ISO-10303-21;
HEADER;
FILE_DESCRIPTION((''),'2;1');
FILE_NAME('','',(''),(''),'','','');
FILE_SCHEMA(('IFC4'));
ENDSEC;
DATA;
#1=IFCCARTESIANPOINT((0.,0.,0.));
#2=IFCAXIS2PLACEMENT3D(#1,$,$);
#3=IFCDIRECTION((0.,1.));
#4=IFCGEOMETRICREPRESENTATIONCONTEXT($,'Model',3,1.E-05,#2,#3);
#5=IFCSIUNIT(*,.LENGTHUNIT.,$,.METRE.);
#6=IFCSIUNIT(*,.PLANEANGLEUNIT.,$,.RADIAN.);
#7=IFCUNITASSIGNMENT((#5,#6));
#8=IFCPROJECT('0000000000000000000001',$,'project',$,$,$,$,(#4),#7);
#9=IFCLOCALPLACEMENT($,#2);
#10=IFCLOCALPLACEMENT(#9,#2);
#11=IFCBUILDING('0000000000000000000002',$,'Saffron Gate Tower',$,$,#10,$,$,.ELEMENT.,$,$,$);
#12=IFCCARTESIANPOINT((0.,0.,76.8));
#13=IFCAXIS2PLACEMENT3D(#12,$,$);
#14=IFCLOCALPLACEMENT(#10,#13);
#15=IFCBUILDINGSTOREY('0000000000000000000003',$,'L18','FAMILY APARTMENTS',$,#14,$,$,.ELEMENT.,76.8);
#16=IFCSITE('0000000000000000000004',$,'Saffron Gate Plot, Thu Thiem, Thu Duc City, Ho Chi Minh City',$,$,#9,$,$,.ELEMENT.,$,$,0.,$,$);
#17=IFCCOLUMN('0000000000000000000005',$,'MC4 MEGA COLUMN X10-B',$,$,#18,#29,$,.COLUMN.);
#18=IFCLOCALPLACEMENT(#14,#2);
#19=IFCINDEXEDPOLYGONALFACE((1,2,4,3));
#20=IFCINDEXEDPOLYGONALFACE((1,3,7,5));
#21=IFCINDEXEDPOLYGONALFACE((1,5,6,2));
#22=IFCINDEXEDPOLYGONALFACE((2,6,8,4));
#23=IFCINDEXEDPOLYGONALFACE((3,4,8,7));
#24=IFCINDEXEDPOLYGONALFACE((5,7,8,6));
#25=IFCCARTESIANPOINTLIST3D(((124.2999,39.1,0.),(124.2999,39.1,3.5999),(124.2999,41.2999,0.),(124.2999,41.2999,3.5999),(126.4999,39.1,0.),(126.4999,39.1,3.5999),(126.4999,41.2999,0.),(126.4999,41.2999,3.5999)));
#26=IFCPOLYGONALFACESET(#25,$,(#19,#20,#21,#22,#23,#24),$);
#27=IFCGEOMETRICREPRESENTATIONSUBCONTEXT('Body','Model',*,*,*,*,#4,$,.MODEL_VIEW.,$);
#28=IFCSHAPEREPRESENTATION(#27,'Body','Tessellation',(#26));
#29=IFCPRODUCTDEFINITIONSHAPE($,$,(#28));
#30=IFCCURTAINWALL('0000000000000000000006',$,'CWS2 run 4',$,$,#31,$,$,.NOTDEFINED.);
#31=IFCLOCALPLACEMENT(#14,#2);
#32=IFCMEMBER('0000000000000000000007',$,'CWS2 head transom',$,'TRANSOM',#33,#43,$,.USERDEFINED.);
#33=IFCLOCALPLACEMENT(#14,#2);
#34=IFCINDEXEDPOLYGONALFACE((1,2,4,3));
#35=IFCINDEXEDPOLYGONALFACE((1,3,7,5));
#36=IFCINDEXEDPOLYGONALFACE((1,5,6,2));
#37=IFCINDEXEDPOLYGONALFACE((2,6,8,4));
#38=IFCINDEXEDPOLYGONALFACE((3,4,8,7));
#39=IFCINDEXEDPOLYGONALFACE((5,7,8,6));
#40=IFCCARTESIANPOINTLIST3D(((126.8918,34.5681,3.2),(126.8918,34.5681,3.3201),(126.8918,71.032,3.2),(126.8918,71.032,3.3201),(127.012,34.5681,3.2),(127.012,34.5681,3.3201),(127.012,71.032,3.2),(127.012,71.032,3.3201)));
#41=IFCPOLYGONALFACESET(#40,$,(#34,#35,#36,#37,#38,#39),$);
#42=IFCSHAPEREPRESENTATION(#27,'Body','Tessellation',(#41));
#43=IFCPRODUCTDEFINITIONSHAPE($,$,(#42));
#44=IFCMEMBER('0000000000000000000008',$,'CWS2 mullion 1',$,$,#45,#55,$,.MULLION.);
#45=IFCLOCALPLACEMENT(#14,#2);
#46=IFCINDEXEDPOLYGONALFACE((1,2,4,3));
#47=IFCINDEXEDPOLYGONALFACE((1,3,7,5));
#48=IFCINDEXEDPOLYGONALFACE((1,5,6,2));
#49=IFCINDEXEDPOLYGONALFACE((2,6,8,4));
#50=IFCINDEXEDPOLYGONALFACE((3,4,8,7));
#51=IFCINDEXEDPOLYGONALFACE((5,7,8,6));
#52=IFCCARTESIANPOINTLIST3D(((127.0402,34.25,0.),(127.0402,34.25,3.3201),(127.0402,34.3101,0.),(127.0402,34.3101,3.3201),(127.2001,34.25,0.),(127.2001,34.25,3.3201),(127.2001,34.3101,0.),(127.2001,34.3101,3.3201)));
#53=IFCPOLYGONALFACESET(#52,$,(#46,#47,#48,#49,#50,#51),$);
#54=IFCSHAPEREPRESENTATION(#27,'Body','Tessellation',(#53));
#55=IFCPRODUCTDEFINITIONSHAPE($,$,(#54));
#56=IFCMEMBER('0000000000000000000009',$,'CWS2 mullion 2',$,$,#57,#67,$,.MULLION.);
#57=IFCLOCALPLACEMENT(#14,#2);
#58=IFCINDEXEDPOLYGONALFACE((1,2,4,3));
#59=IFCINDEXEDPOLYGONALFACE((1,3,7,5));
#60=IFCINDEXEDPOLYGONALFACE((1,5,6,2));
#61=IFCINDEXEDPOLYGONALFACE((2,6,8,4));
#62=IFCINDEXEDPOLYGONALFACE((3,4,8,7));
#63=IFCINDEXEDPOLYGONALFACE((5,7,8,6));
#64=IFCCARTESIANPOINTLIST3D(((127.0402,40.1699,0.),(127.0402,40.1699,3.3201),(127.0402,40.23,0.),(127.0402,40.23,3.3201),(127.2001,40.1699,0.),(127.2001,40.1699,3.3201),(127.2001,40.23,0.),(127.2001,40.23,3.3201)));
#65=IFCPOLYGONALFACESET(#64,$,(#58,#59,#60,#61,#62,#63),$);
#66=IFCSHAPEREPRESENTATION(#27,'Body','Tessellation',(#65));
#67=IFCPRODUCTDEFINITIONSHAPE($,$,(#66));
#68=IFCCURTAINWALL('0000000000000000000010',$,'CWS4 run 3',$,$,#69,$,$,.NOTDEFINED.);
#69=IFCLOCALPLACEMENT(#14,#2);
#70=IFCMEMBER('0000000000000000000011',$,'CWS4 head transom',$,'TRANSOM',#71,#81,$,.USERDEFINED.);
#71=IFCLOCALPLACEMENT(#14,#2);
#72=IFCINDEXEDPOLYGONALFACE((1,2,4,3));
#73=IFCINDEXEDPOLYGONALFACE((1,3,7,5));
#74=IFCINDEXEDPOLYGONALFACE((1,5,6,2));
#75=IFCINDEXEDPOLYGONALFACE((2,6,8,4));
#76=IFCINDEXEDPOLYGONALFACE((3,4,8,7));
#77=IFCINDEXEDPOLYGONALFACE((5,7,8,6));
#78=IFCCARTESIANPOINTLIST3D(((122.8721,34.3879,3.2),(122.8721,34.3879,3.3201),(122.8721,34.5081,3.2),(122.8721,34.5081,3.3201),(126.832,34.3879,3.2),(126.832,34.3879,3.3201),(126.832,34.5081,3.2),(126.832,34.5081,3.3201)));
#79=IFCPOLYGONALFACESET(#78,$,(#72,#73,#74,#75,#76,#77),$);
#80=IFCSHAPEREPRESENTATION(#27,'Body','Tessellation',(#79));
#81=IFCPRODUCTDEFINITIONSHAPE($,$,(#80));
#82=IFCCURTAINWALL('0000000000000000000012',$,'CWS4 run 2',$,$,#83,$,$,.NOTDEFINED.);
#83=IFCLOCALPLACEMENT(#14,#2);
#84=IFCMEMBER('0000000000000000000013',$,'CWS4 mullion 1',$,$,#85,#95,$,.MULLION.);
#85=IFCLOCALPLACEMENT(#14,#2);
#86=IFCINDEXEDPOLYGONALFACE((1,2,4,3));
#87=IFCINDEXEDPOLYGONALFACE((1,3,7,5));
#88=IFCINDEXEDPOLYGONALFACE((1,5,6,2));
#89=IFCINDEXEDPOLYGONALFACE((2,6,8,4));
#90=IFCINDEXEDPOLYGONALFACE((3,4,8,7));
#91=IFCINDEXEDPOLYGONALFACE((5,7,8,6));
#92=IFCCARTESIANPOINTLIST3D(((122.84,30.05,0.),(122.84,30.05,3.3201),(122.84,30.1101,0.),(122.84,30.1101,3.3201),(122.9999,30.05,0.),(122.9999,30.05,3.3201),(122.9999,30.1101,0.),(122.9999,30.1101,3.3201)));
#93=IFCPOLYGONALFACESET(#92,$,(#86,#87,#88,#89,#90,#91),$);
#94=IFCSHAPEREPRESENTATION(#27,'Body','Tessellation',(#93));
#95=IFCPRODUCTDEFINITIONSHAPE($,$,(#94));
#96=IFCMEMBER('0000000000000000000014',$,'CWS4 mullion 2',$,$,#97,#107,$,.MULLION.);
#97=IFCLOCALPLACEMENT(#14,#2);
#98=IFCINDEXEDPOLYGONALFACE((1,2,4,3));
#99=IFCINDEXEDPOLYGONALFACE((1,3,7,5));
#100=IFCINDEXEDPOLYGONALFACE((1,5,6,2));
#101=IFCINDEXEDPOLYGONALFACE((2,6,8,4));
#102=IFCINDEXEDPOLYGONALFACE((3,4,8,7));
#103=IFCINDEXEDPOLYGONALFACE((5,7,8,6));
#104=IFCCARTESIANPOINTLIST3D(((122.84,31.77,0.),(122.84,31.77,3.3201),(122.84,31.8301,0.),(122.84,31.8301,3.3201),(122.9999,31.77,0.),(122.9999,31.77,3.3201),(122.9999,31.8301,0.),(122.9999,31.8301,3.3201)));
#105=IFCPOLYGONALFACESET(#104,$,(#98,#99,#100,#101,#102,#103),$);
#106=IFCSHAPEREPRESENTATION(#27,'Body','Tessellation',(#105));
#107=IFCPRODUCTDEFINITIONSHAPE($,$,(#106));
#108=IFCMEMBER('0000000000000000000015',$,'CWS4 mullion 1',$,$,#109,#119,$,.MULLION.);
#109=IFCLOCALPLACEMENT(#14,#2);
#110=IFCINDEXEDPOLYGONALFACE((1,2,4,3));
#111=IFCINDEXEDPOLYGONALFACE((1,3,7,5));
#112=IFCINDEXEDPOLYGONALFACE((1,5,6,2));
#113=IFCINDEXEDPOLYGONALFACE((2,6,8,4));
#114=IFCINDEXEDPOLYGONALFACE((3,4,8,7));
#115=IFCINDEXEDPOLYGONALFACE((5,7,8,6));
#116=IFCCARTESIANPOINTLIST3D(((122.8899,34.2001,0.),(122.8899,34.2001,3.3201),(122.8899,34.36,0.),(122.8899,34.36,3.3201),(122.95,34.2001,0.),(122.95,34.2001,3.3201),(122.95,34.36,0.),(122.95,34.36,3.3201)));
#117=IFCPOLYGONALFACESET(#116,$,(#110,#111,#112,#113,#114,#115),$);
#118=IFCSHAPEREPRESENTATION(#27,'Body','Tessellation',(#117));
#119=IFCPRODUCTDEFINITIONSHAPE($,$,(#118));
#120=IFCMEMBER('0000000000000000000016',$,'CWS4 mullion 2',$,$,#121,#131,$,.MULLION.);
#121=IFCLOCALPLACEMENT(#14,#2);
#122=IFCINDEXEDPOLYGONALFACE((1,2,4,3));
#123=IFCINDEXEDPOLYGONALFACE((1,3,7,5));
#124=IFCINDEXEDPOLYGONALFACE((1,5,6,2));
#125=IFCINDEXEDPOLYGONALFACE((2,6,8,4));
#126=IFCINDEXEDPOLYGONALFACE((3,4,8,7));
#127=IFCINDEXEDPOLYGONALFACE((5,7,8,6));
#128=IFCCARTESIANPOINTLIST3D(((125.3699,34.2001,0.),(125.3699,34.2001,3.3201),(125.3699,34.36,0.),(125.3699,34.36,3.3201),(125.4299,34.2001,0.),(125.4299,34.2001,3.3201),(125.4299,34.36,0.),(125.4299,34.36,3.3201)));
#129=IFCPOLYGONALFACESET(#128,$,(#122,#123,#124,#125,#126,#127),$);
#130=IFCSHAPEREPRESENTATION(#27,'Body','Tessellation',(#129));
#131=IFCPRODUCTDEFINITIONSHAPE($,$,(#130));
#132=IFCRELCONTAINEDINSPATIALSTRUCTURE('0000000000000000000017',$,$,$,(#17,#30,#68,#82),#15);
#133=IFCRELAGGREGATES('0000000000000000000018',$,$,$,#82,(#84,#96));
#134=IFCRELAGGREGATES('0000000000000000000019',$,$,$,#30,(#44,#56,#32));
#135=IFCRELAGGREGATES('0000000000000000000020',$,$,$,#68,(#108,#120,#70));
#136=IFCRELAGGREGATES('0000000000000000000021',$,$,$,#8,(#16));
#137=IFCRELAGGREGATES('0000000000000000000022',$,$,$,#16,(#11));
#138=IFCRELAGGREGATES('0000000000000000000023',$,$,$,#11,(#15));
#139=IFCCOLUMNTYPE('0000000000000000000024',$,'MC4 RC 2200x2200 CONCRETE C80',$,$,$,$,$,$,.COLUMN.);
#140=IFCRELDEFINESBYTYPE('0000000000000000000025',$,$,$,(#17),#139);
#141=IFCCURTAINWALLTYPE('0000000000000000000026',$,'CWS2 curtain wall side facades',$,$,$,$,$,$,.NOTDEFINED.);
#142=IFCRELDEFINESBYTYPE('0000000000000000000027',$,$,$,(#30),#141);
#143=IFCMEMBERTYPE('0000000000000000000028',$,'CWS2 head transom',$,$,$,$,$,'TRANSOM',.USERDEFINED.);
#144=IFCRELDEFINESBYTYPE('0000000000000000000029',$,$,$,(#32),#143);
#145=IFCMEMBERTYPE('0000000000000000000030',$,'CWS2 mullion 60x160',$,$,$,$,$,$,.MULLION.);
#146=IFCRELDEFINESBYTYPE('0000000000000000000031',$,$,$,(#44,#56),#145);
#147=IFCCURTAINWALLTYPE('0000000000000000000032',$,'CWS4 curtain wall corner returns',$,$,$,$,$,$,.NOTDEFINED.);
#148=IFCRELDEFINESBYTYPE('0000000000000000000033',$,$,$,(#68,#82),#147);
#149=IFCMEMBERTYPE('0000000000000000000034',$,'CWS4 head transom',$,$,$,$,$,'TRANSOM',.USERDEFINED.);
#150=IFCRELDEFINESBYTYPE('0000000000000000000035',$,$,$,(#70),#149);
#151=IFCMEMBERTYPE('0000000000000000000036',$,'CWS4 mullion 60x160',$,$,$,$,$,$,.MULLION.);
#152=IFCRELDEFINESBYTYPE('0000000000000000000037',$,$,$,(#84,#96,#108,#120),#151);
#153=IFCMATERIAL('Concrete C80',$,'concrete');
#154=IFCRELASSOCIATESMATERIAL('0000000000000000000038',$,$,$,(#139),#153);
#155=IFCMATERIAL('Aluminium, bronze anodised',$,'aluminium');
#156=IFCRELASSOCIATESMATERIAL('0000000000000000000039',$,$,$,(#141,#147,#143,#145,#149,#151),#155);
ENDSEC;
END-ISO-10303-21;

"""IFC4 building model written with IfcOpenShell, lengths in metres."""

from ifc_helpers import new_model, si_unit, direction, frame, origin, origin_2d, place, context, subcontext, project, spatial, rectangle, extrude, material, material_profile, profile_set, type_object, element, aggregate, save


model = new_model("IFC4")

# Units and contexts
model_context = context("Model", 3, precision=1e-05, world=origin(), true_north=direction((0.0, 1.0)))
body_context = subcontext(model_context, "Body", "Model", "MODEL_VIEW")
ifc_project = project(units=[si_unit("LENGTHUNIT", "METRE"), si_unit("PLANEANGLEUNIT", "RADIAN")], contexts=[model_context])

# Site, building, storey
site_placement = place(None, origin())
site = spatial("IfcSite", under=ifc_project, at=site_placement, Name="Saffron Gate Plot, Thu Thiem, Thu Duc City, Ho Chi Minh City", CompositionType="ELEMENT", RefElevation=0.0)
building_placement = place(site_placement, origin())
building = spatial("IfcBuilding", under=site, at=building_placement, Name="Saffron Gate Tower", CompositionType="ELEMENT")
storey_placement = place(building_placement, frame((0.0, 0.0, 76.8)))
storey = spatial("IfcBuildingStorey", under=building, at=storey_placement, Name="L18", Description="FAMILY APARTMENTS", CompositionType="ELEMENT", Elevation=76.8)

# Column
ifc_material_1 = material(Name="Concrete C80", Category="concrete")
ifc_material_profile_1 = material_profile(ifc_material_1, rectangle(XDim=2.2, YDim=2.2, at=origin_2d()))
ifc_profile_set_1 = profile_set([ifc_material_profile_1], Name="Concrete C80")
column_type = type_object("IfcColumnType", Name="MC4 RC 2200x2200 CONCRETE C80", PredefinedType="COLUMN", material=ifc_profile_set_1)
column_placement = place(storey_placement, frame((125.3999, 40.2, 0.0), z_axis=(0.0, 0.0, 1.0), x_axis=(1.0, 0.0, 0.0)))
element("IfcColumn", 1, at=column_placement, inside=storey, type_object=column_type, Name="MC4 MEGA COLUMN X10-B", PredefinedType="COLUMN", context=body_context, shape_type="SweptSolid", body=[
    extrude(rectangle(XDim=2.2, YDim=2.2, at=origin_2d()), origin(), (0.0, 0.0, 1.0), 3.5999),
])

# Curtain wall, members
ifc_material_2 = material(Name="Aluminium, bronze anodised", Category="aluminium")
curtain_wall_type_1 = type_object("IfcCurtainWallType", Name="CWS2 curtain wall side facades", PredefinedType="NOTDEFINED", material=ifc_material_2)
curtain_wall_1_placement = place(storey_placement, origin())
curtain_wall_1 = element("IfcCurtainWall", 2, at=curtain_wall_1_placement, inside=storey, type_object=curtain_wall_type_1, Name="CWS2 run 4", PredefinedType="NOTDEFINED")
ifc_material_profile_2 = material_profile(ifc_material_2, rectangle(XDim=0.1201, YDim=0.1201, at=origin_2d()))
ifc_profile_set_2 = profile_set([ifc_material_profile_2], Name="Aluminium, bronze anodised")
member_type_1 = type_object("IfcMemberType", Name="CWS2 head transom", ElementType="TRANSOM", PredefinedType="USERDEFINED", material=ifc_profile_set_2)
member_1_placement = place(storey_placement, frame((126.9519, 34.5681, 3.26), z_axis=(0.0, 1.0, 0.0), x_axis=(-1.0, 0.0, 0.0)))
member_1 = element("IfcMember", 3, at=member_1_placement, type_object=member_type_1, Name="CWS2 head transom", ObjectType="TRANSOM", PredefinedType="USERDEFINED", context=body_context, shape_type="SweptSolid", body=[
    extrude(rectangle(XDim=0.1201, YDim=0.1201, at=origin_2d()), origin(), (0.0, 0.0, 1.0), 36.4639),
])
ifc_material_profile_3 = material_profile(ifc_material_2, rectangle(XDim=0.1599, YDim=0.0601, at=origin_2d()))
ifc_profile_set_3 = profile_set([ifc_material_profile_3], Name="Aluminium, bronze anodised")
member_type_2 = type_object("IfcMemberType", Name="CWS2 mullion 60x160", PredefinedType="MULLION", material=ifc_profile_set_3)
member_2_placement = place(storey_placement, frame((127.1201, 34.28, 0.0), z_axis=(0.0, 0.0, 1.0), x_axis=(-1.0, 0.0, 0.0)))
member_2 = element("IfcMember", 4, at=member_2_placement, type_object=member_type_2, Name="CWS2 mullion 1", PredefinedType="MULLION", context=body_context, shape_type="SweptSolid", body=[
    extrude(rectangle(XDim=0.1599, YDim=0.0601, at=origin_2d()), origin(), (0.0, 0.0, 1.0), 3.3201),
])
member_3_placement = place(storey_placement, frame((127.1201, 40.2, 0.0), z_axis=(0.0, 0.0, 1.0), x_axis=(-1.0, 0.0, 0.0)))
member_3 = element("IfcMember", 5, at=member_3_placement, type_object=member_type_2, Name="CWS2 mullion 2", PredefinedType="MULLION", context=body_context, shape_type="SweptSolid", body=[
    extrude(rectangle(XDim=0.1599, YDim=0.0601, at=origin_2d()), origin(), (0.0, 0.0, 1.0), 3.3201),
])

# Curtain wall, member
curtain_wall_type_2 = type_object("IfcCurtainWallType", Name="CWS4 curtain wall corner returns", PredefinedType="NOTDEFINED", material=ifc_material_2)
curtain_wall_2_placement = place(storey_placement, origin())
curtain_wall_2 = element("IfcCurtainWall", 6, at=curtain_wall_2_placement, inside=storey, type_object=curtain_wall_type_2, Name="CWS4 run 3", PredefinedType="NOTDEFINED")
ifc_material_profile_4 = material_profile(ifc_material_2, rectangle(XDim=0.1201, YDim=0.1201, at=origin_2d()))
ifc_profile_set_4 = profile_set([ifc_material_profile_4], Name="Aluminium, bronze anodised")
member_type_3 = type_object("IfcMemberType", Name="CWS4 head transom", ElementType="TRANSOM", PredefinedType="USERDEFINED", material=ifc_profile_set_4)
member_4_placement = place(storey_placement, frame((122.8721, 34.448, 3.26), z_axis=(1.0, 0.0, 0.0), x_axis=(0.0, 1.0, 0.0)))
member_4 = element("IfcMember", 7, at=member_4_placement, type_object=member_type_3, Name="CWS4 head transom", ObjectType="TRANSOM", PredefinedType="USERDEFINED", context=body_context, shape_type="SweptSolid", body=[
    extrude(rectangle(XDim=0.1201, YDim=0.1201, at=origin_2d()), origin(), (0.0, 0.0, 1.0), 3.96),
])

# Curtain wall, members
curtain_wall_3_placement = place(storey_placement, origin())
curtain_wall_3 = element("IfcCurtainWall", 8, at=curtain_wall_3_placement, inside=storey, type_object=curtain_wall_type_2, Name="CWS4 run 2", PredefinedType="NOTDEFINED")
ifc_material_profile_5 = material_profile(ifc_material_2, rectangle(XDim=0.1599, YDim=0.0601, at=origin_2d()))
ifc_profile_set_5 = profile_set([ifc_material_profile_5], Name="Aluminium, bronze anodised")
member_type_4 = type_object("IfcMemberType", Name="CWS4 mullion 60x160", PredefinedType="MULLION", material=ifc_profile_set_5)
member_5_placement = place(storey_placement, frame((122.9199, 30.0801, 0.0), z_axis=(0.0, 0.0, 1.0), x_axis=(-1.0, 0.0, 0.0)))
member_5 = element("IfcMember", 9, at=member_5_placement, type_object=member_type_4, Name="CWS4 mullion 1", PredefinedType="MULLION", context=body_context, shape_type="SweptSolid", body=[
    extrude(rectangle(XDim=0.1599, YDim=0.0601, at=origin_2d()), origin(), (0.0, 0.0, 1.0), 3.3201),
])
member_6_placement = place(storey_placement, frame((122.9199, 31.8, 0.0), z_axis=(0.0, 0.0, 1.0), x_axis=(-1.0, 0.0, 0.0)))
member_6 = element("IfcMember", 10, at=member_6_placement, type_object=member_type_4, Name="CWS4 mullion 2", PredefinedType="MULLION", context=body_context, shape_type="SweptSolid", body=[
    extrude(rectangle(XDim=0.1599, YDim=0.0601, at=origin_2d()), origin(), (0.0, 0.0, 1.0), 3.3201),
])
aggregate(curtain_wall_3, [member_5, member_6])

# Members
member_7_placement = place(storey_placement, frame((122.9199, 34.28, 0.0), z_axis=(0.0, 0.0, 1.0), x_axis=(0.0, 1.0, 0.0)))
member_7 = element("IfcMember", 11, at=member_7_placement, type_object=member_type_4, Name="CWS4 mullion 1", PredefinedType="MULLION", context=body_context, shape_type="SweptSolid", body=[
    extrude(rectangle(XDim=0.1599, YDim=0.0601, at=origin_2d()), origin(), (0.0, 0.0, 1.0), 3.3201),
])
member_8_placement = place(storey_placement, frame((125.3999, 34.28, 0.0), z_axis=(0.0, 0.0, 1.0), x_axis=(0.0, 1.0, 0.0)))
member_8 = element("IfcMember", 12, at=member_8_placement, type_object=member_type_4, Name="CWS4 mullion 2", PredefinedType="MULLION", context=body_context, shape_type="SweptSolid", body=[
    extrude(rectangle(XDim=0.1599, YDim=0.0601, at=origin_2d()), origin(), (0.0, 0.0, 1.0), 3.3201),
])

aggregate(curtain_wall_1, [member_2, member_3, member_1])

aggregate(curtain_wall_2, [member_7, member_8, member_4])

save(model, "model.ifc")
